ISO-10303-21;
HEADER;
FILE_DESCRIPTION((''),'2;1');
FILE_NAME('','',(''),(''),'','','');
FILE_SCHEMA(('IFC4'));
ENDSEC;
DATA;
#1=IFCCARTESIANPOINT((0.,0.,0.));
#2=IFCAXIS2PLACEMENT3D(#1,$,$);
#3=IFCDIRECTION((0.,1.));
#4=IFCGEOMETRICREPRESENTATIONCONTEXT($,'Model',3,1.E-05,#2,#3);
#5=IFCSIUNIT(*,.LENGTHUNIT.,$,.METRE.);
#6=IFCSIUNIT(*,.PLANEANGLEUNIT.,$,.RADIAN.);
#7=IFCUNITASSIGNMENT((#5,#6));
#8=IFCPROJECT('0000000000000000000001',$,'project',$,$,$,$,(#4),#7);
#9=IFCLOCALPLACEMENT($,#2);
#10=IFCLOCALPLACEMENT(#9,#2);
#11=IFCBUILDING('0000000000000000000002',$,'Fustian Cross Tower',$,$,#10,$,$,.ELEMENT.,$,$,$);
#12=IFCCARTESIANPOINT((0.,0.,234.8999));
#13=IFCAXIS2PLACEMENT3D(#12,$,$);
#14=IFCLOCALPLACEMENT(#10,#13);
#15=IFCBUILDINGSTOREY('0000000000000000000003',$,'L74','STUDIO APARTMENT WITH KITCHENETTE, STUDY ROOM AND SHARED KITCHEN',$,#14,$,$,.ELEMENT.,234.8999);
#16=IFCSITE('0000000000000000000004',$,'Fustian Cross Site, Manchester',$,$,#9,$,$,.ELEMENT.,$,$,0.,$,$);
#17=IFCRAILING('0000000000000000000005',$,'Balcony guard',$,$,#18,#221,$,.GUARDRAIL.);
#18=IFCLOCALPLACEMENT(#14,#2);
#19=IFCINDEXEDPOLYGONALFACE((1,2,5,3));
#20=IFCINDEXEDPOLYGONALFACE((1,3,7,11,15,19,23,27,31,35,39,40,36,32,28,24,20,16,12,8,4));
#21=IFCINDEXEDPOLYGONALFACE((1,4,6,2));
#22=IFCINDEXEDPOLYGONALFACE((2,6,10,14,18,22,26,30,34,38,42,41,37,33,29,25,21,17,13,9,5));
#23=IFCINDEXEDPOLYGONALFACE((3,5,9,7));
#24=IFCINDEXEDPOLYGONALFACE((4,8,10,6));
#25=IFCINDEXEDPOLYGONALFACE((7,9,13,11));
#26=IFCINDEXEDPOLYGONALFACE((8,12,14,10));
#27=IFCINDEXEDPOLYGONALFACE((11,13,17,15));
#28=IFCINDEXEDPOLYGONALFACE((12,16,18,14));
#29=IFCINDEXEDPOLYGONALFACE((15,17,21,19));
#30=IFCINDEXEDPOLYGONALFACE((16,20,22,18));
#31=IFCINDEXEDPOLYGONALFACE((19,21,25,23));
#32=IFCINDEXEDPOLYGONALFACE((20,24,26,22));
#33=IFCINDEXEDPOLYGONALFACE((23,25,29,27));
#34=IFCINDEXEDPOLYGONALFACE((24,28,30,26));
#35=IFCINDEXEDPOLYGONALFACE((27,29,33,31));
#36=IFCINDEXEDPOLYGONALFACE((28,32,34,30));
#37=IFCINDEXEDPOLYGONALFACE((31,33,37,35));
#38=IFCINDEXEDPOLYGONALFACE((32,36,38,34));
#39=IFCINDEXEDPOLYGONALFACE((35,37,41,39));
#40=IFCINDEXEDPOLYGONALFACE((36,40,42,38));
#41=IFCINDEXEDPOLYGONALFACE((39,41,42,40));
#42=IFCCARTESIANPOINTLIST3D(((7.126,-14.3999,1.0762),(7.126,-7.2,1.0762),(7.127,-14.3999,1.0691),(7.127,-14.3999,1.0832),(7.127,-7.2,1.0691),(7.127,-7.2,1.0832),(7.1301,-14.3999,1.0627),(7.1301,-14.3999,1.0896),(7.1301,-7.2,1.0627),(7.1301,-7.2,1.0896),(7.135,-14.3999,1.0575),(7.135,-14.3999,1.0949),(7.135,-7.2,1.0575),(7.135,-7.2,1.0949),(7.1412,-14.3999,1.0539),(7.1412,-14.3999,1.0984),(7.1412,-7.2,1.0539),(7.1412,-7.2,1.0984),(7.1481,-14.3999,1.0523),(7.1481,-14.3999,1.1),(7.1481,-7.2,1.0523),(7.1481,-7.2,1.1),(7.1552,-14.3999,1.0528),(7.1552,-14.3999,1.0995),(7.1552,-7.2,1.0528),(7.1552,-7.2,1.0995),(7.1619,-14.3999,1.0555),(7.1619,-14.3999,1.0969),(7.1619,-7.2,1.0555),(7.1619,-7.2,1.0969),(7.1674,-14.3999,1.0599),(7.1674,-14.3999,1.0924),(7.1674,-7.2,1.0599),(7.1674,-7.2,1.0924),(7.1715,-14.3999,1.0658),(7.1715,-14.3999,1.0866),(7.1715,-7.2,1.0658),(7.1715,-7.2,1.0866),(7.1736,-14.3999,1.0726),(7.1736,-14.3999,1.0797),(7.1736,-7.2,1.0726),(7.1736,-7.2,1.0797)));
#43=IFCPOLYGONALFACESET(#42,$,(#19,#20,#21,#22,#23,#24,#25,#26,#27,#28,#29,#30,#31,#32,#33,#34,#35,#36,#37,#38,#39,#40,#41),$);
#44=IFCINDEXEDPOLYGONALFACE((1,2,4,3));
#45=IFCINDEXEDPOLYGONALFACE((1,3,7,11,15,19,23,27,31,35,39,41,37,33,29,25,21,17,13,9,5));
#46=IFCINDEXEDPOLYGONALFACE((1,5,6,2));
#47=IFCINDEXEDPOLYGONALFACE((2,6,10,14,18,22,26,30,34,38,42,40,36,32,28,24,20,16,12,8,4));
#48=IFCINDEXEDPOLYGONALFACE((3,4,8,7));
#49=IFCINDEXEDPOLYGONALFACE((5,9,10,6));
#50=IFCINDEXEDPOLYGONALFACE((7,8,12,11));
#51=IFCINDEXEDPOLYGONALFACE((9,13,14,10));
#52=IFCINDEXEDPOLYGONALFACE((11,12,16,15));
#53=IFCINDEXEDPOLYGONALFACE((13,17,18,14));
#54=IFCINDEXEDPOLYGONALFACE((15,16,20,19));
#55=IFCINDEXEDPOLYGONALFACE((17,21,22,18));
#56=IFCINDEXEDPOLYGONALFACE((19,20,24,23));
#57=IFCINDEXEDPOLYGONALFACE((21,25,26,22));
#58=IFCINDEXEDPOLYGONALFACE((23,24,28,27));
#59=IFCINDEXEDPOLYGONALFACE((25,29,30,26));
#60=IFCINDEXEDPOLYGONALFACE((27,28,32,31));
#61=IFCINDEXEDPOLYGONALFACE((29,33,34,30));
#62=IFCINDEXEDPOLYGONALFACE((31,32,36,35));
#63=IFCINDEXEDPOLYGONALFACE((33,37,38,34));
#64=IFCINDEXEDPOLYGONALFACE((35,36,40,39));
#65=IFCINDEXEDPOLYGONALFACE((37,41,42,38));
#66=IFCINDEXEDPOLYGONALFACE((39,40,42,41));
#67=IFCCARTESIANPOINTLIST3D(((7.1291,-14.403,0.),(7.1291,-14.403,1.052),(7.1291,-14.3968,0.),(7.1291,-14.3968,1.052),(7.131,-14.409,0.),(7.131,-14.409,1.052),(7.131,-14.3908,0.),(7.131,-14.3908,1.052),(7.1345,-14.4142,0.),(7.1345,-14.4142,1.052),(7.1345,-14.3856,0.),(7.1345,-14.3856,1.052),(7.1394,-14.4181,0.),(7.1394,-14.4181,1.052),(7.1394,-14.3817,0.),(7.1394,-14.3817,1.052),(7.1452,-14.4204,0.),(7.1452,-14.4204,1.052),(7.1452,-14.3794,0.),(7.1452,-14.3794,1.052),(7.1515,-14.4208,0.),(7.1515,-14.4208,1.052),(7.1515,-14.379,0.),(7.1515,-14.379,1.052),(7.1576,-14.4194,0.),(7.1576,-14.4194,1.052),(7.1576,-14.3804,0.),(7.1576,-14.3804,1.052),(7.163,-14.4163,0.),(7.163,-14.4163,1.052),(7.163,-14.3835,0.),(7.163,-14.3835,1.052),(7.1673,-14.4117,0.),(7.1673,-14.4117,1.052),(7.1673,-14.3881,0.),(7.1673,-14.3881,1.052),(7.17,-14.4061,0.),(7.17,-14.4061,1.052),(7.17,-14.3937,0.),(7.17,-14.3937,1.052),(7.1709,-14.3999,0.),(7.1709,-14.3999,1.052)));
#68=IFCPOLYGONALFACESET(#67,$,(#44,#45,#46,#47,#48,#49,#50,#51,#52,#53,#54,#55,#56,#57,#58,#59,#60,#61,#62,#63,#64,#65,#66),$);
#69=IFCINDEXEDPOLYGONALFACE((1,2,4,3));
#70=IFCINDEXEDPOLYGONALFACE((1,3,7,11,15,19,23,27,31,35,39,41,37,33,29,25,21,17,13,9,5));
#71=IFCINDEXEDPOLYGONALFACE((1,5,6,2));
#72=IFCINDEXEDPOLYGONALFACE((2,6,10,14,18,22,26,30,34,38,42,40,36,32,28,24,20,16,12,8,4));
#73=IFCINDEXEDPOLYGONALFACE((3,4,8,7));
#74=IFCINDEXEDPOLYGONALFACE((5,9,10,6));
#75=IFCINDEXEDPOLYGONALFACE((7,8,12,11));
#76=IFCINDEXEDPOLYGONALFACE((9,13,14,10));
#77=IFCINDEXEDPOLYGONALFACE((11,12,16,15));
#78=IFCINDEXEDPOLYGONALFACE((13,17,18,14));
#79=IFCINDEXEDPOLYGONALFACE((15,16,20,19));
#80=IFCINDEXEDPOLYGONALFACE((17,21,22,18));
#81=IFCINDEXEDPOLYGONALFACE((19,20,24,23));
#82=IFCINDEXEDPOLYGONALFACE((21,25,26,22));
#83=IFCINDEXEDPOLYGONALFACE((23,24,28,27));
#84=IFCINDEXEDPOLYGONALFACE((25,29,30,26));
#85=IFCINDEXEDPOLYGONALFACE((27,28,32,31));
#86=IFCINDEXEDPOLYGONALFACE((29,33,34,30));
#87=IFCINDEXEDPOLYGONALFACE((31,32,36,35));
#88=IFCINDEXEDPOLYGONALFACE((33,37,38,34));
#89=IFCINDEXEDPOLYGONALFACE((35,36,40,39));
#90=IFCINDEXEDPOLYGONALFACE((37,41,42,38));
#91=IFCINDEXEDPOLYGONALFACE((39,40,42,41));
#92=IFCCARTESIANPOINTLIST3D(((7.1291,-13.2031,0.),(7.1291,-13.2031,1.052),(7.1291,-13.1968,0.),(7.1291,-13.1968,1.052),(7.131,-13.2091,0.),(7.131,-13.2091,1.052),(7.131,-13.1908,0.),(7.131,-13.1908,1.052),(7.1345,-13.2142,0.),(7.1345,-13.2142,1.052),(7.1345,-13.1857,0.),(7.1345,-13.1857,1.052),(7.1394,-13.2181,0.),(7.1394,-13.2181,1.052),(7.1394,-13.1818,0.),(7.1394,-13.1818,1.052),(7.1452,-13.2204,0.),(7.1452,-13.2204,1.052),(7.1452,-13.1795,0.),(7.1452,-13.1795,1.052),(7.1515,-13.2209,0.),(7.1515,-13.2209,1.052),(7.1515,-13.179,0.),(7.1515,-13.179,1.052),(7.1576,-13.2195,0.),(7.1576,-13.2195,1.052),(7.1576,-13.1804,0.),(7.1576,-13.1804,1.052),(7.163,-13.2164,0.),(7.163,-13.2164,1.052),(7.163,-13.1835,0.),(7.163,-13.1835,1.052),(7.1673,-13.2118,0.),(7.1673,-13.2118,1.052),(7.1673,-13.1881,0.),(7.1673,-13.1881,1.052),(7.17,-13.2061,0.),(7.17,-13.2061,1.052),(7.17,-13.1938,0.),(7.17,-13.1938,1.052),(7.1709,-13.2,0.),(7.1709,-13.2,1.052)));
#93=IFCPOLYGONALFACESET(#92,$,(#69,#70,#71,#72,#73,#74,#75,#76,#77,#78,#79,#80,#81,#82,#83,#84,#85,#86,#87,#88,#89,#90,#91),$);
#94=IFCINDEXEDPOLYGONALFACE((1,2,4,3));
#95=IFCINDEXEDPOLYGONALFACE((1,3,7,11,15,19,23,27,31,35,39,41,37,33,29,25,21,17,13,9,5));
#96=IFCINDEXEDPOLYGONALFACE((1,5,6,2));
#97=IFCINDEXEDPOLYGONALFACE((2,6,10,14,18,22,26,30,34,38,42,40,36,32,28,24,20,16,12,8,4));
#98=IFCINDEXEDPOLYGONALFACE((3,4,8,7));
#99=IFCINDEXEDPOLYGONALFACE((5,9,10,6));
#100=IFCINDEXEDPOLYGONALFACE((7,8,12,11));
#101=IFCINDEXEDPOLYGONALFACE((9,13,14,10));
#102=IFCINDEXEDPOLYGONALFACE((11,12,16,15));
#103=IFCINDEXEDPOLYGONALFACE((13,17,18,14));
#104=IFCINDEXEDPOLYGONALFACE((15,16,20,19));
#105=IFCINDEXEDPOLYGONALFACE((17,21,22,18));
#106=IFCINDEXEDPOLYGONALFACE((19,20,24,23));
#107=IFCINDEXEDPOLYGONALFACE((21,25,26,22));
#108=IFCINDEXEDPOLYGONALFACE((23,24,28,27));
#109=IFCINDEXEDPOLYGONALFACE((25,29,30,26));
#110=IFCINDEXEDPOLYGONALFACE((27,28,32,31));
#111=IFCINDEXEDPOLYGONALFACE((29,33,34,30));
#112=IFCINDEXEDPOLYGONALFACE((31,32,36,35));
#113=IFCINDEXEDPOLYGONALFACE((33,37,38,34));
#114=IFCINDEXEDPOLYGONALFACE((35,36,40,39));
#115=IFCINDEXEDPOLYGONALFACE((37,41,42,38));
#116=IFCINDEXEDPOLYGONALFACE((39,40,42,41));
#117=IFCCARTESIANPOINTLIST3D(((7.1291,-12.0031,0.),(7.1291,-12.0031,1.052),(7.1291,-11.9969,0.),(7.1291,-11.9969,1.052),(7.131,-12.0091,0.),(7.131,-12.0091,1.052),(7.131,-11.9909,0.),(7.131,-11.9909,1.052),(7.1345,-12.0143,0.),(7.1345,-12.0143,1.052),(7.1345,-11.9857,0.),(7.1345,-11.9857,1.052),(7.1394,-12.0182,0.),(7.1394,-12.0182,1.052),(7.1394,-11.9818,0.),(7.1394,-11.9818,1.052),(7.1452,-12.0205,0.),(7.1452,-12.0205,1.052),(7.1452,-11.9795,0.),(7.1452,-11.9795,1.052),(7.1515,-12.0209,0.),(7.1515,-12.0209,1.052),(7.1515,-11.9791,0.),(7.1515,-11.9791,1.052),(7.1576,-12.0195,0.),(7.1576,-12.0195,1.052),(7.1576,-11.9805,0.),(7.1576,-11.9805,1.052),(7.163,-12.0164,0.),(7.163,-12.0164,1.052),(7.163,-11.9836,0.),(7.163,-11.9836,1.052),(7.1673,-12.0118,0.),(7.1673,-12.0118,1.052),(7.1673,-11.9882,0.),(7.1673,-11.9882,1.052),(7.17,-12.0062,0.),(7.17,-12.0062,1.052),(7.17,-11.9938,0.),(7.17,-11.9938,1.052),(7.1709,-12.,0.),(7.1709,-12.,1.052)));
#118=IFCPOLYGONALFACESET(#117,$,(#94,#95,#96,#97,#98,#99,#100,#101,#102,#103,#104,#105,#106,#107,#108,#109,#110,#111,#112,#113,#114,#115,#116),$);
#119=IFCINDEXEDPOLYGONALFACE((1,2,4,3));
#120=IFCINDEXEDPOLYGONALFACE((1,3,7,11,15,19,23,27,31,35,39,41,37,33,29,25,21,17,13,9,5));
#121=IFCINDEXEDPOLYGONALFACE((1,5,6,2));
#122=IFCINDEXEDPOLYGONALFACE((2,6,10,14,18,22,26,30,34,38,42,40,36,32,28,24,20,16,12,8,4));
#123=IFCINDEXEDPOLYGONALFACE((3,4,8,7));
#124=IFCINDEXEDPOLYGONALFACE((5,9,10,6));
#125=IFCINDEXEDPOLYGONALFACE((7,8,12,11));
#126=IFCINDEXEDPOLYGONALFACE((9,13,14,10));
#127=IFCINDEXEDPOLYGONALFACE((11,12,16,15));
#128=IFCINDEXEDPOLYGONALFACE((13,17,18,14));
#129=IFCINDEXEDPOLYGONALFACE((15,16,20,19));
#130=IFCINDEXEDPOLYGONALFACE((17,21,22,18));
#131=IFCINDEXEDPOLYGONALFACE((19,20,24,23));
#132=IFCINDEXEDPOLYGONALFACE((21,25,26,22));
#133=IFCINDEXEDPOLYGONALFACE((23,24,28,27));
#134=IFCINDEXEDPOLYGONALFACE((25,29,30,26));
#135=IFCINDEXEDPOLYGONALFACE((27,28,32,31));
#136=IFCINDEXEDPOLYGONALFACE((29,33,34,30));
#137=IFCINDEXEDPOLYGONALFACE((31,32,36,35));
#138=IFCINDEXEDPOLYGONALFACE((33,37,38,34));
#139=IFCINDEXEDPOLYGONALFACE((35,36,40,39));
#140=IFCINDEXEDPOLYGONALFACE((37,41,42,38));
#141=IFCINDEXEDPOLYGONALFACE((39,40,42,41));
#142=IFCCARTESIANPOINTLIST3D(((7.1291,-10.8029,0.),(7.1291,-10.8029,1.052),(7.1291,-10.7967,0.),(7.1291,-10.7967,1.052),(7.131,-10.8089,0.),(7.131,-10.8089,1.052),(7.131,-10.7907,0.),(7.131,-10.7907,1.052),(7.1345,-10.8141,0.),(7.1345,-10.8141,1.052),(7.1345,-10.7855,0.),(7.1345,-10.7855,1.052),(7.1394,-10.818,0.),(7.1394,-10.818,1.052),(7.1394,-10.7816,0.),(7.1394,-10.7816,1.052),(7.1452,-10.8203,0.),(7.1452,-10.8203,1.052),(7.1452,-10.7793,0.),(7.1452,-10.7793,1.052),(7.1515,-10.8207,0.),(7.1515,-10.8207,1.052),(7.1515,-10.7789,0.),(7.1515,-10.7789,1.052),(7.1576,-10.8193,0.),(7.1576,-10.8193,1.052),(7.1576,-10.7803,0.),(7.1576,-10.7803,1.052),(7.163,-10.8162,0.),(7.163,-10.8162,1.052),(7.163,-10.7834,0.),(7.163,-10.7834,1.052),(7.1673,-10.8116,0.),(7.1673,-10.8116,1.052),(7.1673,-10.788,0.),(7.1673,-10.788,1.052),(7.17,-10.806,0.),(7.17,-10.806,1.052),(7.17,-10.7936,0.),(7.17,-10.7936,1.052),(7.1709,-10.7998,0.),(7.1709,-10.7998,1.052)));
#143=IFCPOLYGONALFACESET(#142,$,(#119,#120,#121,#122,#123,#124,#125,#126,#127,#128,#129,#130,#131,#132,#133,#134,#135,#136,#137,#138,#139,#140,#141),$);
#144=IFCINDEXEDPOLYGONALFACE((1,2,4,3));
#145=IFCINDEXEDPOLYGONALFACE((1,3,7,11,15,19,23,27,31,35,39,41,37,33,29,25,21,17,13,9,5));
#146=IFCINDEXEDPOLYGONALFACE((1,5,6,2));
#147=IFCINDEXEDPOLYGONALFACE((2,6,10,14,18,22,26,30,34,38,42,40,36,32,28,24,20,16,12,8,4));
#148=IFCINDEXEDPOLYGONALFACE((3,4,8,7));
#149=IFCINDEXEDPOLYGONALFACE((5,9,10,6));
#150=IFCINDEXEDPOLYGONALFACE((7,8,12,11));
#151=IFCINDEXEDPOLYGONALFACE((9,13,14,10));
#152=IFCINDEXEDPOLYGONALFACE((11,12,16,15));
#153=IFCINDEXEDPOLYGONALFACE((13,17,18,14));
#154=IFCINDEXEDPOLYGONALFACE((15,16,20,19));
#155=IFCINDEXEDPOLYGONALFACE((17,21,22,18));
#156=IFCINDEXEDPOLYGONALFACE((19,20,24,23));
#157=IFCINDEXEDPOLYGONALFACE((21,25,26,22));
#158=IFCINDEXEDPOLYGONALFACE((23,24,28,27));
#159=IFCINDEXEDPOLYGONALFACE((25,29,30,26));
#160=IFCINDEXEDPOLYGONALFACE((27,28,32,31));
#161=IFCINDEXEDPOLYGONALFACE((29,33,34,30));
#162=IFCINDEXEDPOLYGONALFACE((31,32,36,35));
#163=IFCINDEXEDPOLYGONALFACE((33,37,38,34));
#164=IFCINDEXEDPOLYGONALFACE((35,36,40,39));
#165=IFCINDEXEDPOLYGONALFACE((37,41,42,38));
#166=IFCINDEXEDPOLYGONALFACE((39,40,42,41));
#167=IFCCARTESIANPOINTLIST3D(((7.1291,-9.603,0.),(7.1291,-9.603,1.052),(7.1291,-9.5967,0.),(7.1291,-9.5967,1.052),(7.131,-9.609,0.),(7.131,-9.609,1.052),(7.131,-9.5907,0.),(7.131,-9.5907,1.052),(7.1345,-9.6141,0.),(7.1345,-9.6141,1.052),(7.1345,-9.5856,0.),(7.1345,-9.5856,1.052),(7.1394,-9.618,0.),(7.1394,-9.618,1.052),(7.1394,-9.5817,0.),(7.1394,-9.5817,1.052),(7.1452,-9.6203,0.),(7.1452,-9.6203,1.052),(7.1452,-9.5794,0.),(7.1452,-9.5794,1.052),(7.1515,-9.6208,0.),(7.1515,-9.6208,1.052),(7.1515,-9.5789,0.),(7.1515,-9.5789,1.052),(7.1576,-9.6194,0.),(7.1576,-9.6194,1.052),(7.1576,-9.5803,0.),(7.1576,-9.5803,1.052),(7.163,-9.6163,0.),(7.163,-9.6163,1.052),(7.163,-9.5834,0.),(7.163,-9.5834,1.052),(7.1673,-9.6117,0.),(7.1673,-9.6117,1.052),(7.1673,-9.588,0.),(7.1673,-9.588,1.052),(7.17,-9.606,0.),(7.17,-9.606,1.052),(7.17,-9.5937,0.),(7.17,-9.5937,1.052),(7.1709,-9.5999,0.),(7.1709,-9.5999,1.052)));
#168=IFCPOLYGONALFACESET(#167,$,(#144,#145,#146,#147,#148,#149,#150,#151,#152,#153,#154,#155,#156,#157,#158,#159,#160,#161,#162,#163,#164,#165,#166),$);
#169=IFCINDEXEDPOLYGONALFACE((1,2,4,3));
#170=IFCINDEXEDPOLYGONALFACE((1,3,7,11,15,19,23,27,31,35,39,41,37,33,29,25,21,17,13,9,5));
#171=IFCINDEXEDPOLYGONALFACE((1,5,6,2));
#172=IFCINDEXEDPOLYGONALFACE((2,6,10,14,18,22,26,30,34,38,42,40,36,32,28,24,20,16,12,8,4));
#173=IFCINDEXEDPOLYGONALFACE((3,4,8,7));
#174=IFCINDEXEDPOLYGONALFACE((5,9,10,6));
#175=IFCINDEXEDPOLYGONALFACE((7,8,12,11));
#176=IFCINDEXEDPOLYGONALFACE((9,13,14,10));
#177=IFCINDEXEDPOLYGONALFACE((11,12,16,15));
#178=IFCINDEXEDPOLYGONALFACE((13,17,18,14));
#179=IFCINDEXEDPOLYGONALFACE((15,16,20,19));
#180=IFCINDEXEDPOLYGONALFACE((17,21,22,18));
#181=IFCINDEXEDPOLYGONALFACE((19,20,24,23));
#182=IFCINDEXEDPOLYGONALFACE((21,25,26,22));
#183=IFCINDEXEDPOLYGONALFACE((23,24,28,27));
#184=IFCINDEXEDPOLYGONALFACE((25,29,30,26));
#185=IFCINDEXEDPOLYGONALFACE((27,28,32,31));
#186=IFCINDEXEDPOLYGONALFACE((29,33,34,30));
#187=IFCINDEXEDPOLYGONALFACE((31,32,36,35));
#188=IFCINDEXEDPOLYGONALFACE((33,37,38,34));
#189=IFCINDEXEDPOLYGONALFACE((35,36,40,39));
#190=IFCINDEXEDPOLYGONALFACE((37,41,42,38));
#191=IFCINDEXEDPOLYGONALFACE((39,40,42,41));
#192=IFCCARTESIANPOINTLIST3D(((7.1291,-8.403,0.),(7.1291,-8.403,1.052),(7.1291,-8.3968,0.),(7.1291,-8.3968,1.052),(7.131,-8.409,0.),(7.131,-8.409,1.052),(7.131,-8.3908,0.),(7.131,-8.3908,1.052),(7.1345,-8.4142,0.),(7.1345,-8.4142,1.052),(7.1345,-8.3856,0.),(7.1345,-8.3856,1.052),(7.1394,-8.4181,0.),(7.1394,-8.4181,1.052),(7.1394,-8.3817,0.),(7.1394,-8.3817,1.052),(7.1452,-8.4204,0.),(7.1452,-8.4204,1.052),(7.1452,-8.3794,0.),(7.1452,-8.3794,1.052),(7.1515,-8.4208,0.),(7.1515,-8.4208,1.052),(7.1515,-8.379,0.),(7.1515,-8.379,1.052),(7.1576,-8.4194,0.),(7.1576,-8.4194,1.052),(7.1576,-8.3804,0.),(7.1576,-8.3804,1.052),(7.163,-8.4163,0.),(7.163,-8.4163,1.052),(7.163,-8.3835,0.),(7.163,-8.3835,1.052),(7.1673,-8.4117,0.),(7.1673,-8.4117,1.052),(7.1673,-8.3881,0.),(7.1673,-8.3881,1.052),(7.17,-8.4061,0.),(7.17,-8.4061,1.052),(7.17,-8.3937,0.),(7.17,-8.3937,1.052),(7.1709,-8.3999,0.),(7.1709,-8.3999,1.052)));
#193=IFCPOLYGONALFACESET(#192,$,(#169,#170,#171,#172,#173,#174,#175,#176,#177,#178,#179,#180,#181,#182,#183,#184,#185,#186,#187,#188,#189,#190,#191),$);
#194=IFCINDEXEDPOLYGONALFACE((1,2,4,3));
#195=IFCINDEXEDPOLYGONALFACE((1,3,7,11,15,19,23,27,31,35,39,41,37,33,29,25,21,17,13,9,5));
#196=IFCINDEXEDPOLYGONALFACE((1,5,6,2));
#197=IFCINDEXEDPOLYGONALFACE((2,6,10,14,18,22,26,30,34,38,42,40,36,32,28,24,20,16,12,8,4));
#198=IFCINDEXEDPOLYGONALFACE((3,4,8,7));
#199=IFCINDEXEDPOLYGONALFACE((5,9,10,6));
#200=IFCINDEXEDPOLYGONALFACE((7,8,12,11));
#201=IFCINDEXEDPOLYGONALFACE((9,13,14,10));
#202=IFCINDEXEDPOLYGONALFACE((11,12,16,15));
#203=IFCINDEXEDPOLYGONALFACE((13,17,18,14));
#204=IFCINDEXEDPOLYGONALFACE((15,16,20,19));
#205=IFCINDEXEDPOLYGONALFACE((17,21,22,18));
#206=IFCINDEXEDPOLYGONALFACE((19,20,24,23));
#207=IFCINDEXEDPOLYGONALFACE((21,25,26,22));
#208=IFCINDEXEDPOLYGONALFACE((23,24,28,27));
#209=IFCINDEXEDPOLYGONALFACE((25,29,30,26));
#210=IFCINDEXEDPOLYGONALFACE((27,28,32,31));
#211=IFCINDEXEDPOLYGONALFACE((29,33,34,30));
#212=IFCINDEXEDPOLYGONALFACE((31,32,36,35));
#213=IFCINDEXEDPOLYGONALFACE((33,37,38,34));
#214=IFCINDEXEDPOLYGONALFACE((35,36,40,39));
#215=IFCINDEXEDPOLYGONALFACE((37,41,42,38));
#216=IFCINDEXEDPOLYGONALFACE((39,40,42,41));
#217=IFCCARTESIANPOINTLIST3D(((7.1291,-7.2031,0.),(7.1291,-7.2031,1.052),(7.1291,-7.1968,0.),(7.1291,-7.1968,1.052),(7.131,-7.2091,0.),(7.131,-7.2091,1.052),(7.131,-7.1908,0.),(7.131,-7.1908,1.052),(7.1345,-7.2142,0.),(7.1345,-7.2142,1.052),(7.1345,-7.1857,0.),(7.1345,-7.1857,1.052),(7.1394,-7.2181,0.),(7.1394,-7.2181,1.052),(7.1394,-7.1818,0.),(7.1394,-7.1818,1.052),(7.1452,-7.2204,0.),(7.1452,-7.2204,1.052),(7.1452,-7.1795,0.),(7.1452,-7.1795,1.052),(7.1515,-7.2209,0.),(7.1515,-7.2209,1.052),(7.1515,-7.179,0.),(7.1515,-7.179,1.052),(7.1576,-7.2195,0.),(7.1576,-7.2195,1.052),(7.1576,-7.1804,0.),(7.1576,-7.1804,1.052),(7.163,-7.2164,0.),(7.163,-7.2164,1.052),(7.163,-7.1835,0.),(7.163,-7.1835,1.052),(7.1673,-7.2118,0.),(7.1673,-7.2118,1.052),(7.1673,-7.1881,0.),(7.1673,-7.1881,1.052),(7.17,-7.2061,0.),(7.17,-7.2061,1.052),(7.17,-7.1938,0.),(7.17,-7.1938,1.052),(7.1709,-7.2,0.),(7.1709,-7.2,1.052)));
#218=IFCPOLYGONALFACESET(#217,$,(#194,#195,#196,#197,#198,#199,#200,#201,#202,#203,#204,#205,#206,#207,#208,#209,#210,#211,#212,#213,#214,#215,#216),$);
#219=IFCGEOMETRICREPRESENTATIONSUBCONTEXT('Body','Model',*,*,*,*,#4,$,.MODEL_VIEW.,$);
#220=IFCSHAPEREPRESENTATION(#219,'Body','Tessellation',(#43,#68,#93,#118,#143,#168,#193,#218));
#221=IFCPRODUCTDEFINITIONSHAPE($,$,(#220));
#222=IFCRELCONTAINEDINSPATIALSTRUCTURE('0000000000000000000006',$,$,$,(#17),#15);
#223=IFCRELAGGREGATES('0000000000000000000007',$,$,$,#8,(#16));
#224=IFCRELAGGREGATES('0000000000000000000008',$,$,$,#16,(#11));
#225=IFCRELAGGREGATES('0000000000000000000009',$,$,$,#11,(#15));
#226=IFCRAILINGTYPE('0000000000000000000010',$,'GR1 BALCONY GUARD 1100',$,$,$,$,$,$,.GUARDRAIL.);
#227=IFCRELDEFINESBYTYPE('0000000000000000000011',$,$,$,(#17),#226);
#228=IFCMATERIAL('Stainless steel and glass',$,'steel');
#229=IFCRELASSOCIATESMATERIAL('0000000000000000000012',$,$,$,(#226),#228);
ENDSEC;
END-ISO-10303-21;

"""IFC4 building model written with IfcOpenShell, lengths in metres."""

from ifc_helpers import new_model, si_unit, direction, frame, origin, origin_2d, place, context, subcontext, project, spatial, circle, extrude, material, type_object, element, save


model = new_model("IFC4")

# Units and contexts
model_context = context("Model", 3, precision=1e-05, world=origin(), true_north=direction((0.0, 1.0)))
body_context = subcontext(model_context, "Body", "Model", "MODEL_VIEW")
ifc_project = project(units=[si_unit("LENGTHUNIT", "METRE"), si_unit("PLANEANGLEUNIT", "RADIAN")], contexts=[model_context])

# Site, building, storey
site_placement = place(None, origin())
site = spatial("IfcSite", under=ifc_project, at=site_placement, Name="Fustian Cross Site, Manchester", CompositionType="ELEMENT", RefElevation=0.0)
building_placement = place(site_placement, origin())
building = spatial("IfcBuilding", under=site, at=building_placement, Name="Fustian Cross Tower", CompositionType="ELEMENT")
storey_placement = place(building_placement, frame((0.0, 0.0, 234.8999)))
storey = spatial("IfcBuildingStorey", under=building, at=storey_placement, Name="L74", Description="STUDIO APARTMENT WITH KITCHENETTE, STUDY ROOM AND SHARED KITCHEN", CompositionType="ELEMENT", Elevation=234.8999)

# Railing
ifc_material_1 = material(Name="Stainless steel and glass", Category="steel")
railing_type = type_object("IfcRailingType", Name="GR1 BALCONY GUARD 1100", PredefinedType="GUARDRAIL", material=ifc_material_1)
railing_placement = place(storey_placement, frame((7.1499, -14.3999, 0.0)))
element("IfcRailing", 1, at=railing_placement, inside=storey, type_object=railing_type, Name="Balcony guard", PredefinedType="GUARDRAIL", context=body_context, shape_type="SweptSolid", body=[
    extrude(circle(Radius=0.0239, at=origin_2d()), frame((0.0, 0.0, 1.0762), z_axis=(0.0, 1.0, 0.0), x_axis=(-1.0, 0.0, 0.0)), (0.0, 0.0, 1.0), 7.2),
    extrude(circle(Radius=0.021, at=origin_2d()), origin(), (0.0, 0.0, 1.0), 1.052),
    extrude(circle(Radius=0.021, at=origin_2d()), frame((0.0, 1.2, 0.0)), (0.0, 0.0, 1.0), 1.052),
    extrude(circle(Radius=0.021, at=origin_2d()), frame((0.0, 2.3999, 0.0)), (0.0, 0.0, 1.0), 1.052),
    extrude(circle(Radius=0.021, at=origin_2d()), frame((0.0, 3.6001, 0.0)), (0.0, 0.0, 1.0), 1.052),
    extrude(circle(Radius=0.021, at=origin_2d()), frame((0.0, 4.8, 0.0)), (0.0, 0.0, 1.0), 1.052),
    extrude(circle(Radius=0.021, at=origin_2d()), frame((0.0, 6.0, 0.0)), (0.0, 0.0, 1.0), 1.052),
    extrude(circle(Radius=0.021, at=origin_2d()), frame((0.0, 7.2, 0.0)), (0.0, 0.0, 1.0), 1.052),
])

save(model, "model.ifc")
